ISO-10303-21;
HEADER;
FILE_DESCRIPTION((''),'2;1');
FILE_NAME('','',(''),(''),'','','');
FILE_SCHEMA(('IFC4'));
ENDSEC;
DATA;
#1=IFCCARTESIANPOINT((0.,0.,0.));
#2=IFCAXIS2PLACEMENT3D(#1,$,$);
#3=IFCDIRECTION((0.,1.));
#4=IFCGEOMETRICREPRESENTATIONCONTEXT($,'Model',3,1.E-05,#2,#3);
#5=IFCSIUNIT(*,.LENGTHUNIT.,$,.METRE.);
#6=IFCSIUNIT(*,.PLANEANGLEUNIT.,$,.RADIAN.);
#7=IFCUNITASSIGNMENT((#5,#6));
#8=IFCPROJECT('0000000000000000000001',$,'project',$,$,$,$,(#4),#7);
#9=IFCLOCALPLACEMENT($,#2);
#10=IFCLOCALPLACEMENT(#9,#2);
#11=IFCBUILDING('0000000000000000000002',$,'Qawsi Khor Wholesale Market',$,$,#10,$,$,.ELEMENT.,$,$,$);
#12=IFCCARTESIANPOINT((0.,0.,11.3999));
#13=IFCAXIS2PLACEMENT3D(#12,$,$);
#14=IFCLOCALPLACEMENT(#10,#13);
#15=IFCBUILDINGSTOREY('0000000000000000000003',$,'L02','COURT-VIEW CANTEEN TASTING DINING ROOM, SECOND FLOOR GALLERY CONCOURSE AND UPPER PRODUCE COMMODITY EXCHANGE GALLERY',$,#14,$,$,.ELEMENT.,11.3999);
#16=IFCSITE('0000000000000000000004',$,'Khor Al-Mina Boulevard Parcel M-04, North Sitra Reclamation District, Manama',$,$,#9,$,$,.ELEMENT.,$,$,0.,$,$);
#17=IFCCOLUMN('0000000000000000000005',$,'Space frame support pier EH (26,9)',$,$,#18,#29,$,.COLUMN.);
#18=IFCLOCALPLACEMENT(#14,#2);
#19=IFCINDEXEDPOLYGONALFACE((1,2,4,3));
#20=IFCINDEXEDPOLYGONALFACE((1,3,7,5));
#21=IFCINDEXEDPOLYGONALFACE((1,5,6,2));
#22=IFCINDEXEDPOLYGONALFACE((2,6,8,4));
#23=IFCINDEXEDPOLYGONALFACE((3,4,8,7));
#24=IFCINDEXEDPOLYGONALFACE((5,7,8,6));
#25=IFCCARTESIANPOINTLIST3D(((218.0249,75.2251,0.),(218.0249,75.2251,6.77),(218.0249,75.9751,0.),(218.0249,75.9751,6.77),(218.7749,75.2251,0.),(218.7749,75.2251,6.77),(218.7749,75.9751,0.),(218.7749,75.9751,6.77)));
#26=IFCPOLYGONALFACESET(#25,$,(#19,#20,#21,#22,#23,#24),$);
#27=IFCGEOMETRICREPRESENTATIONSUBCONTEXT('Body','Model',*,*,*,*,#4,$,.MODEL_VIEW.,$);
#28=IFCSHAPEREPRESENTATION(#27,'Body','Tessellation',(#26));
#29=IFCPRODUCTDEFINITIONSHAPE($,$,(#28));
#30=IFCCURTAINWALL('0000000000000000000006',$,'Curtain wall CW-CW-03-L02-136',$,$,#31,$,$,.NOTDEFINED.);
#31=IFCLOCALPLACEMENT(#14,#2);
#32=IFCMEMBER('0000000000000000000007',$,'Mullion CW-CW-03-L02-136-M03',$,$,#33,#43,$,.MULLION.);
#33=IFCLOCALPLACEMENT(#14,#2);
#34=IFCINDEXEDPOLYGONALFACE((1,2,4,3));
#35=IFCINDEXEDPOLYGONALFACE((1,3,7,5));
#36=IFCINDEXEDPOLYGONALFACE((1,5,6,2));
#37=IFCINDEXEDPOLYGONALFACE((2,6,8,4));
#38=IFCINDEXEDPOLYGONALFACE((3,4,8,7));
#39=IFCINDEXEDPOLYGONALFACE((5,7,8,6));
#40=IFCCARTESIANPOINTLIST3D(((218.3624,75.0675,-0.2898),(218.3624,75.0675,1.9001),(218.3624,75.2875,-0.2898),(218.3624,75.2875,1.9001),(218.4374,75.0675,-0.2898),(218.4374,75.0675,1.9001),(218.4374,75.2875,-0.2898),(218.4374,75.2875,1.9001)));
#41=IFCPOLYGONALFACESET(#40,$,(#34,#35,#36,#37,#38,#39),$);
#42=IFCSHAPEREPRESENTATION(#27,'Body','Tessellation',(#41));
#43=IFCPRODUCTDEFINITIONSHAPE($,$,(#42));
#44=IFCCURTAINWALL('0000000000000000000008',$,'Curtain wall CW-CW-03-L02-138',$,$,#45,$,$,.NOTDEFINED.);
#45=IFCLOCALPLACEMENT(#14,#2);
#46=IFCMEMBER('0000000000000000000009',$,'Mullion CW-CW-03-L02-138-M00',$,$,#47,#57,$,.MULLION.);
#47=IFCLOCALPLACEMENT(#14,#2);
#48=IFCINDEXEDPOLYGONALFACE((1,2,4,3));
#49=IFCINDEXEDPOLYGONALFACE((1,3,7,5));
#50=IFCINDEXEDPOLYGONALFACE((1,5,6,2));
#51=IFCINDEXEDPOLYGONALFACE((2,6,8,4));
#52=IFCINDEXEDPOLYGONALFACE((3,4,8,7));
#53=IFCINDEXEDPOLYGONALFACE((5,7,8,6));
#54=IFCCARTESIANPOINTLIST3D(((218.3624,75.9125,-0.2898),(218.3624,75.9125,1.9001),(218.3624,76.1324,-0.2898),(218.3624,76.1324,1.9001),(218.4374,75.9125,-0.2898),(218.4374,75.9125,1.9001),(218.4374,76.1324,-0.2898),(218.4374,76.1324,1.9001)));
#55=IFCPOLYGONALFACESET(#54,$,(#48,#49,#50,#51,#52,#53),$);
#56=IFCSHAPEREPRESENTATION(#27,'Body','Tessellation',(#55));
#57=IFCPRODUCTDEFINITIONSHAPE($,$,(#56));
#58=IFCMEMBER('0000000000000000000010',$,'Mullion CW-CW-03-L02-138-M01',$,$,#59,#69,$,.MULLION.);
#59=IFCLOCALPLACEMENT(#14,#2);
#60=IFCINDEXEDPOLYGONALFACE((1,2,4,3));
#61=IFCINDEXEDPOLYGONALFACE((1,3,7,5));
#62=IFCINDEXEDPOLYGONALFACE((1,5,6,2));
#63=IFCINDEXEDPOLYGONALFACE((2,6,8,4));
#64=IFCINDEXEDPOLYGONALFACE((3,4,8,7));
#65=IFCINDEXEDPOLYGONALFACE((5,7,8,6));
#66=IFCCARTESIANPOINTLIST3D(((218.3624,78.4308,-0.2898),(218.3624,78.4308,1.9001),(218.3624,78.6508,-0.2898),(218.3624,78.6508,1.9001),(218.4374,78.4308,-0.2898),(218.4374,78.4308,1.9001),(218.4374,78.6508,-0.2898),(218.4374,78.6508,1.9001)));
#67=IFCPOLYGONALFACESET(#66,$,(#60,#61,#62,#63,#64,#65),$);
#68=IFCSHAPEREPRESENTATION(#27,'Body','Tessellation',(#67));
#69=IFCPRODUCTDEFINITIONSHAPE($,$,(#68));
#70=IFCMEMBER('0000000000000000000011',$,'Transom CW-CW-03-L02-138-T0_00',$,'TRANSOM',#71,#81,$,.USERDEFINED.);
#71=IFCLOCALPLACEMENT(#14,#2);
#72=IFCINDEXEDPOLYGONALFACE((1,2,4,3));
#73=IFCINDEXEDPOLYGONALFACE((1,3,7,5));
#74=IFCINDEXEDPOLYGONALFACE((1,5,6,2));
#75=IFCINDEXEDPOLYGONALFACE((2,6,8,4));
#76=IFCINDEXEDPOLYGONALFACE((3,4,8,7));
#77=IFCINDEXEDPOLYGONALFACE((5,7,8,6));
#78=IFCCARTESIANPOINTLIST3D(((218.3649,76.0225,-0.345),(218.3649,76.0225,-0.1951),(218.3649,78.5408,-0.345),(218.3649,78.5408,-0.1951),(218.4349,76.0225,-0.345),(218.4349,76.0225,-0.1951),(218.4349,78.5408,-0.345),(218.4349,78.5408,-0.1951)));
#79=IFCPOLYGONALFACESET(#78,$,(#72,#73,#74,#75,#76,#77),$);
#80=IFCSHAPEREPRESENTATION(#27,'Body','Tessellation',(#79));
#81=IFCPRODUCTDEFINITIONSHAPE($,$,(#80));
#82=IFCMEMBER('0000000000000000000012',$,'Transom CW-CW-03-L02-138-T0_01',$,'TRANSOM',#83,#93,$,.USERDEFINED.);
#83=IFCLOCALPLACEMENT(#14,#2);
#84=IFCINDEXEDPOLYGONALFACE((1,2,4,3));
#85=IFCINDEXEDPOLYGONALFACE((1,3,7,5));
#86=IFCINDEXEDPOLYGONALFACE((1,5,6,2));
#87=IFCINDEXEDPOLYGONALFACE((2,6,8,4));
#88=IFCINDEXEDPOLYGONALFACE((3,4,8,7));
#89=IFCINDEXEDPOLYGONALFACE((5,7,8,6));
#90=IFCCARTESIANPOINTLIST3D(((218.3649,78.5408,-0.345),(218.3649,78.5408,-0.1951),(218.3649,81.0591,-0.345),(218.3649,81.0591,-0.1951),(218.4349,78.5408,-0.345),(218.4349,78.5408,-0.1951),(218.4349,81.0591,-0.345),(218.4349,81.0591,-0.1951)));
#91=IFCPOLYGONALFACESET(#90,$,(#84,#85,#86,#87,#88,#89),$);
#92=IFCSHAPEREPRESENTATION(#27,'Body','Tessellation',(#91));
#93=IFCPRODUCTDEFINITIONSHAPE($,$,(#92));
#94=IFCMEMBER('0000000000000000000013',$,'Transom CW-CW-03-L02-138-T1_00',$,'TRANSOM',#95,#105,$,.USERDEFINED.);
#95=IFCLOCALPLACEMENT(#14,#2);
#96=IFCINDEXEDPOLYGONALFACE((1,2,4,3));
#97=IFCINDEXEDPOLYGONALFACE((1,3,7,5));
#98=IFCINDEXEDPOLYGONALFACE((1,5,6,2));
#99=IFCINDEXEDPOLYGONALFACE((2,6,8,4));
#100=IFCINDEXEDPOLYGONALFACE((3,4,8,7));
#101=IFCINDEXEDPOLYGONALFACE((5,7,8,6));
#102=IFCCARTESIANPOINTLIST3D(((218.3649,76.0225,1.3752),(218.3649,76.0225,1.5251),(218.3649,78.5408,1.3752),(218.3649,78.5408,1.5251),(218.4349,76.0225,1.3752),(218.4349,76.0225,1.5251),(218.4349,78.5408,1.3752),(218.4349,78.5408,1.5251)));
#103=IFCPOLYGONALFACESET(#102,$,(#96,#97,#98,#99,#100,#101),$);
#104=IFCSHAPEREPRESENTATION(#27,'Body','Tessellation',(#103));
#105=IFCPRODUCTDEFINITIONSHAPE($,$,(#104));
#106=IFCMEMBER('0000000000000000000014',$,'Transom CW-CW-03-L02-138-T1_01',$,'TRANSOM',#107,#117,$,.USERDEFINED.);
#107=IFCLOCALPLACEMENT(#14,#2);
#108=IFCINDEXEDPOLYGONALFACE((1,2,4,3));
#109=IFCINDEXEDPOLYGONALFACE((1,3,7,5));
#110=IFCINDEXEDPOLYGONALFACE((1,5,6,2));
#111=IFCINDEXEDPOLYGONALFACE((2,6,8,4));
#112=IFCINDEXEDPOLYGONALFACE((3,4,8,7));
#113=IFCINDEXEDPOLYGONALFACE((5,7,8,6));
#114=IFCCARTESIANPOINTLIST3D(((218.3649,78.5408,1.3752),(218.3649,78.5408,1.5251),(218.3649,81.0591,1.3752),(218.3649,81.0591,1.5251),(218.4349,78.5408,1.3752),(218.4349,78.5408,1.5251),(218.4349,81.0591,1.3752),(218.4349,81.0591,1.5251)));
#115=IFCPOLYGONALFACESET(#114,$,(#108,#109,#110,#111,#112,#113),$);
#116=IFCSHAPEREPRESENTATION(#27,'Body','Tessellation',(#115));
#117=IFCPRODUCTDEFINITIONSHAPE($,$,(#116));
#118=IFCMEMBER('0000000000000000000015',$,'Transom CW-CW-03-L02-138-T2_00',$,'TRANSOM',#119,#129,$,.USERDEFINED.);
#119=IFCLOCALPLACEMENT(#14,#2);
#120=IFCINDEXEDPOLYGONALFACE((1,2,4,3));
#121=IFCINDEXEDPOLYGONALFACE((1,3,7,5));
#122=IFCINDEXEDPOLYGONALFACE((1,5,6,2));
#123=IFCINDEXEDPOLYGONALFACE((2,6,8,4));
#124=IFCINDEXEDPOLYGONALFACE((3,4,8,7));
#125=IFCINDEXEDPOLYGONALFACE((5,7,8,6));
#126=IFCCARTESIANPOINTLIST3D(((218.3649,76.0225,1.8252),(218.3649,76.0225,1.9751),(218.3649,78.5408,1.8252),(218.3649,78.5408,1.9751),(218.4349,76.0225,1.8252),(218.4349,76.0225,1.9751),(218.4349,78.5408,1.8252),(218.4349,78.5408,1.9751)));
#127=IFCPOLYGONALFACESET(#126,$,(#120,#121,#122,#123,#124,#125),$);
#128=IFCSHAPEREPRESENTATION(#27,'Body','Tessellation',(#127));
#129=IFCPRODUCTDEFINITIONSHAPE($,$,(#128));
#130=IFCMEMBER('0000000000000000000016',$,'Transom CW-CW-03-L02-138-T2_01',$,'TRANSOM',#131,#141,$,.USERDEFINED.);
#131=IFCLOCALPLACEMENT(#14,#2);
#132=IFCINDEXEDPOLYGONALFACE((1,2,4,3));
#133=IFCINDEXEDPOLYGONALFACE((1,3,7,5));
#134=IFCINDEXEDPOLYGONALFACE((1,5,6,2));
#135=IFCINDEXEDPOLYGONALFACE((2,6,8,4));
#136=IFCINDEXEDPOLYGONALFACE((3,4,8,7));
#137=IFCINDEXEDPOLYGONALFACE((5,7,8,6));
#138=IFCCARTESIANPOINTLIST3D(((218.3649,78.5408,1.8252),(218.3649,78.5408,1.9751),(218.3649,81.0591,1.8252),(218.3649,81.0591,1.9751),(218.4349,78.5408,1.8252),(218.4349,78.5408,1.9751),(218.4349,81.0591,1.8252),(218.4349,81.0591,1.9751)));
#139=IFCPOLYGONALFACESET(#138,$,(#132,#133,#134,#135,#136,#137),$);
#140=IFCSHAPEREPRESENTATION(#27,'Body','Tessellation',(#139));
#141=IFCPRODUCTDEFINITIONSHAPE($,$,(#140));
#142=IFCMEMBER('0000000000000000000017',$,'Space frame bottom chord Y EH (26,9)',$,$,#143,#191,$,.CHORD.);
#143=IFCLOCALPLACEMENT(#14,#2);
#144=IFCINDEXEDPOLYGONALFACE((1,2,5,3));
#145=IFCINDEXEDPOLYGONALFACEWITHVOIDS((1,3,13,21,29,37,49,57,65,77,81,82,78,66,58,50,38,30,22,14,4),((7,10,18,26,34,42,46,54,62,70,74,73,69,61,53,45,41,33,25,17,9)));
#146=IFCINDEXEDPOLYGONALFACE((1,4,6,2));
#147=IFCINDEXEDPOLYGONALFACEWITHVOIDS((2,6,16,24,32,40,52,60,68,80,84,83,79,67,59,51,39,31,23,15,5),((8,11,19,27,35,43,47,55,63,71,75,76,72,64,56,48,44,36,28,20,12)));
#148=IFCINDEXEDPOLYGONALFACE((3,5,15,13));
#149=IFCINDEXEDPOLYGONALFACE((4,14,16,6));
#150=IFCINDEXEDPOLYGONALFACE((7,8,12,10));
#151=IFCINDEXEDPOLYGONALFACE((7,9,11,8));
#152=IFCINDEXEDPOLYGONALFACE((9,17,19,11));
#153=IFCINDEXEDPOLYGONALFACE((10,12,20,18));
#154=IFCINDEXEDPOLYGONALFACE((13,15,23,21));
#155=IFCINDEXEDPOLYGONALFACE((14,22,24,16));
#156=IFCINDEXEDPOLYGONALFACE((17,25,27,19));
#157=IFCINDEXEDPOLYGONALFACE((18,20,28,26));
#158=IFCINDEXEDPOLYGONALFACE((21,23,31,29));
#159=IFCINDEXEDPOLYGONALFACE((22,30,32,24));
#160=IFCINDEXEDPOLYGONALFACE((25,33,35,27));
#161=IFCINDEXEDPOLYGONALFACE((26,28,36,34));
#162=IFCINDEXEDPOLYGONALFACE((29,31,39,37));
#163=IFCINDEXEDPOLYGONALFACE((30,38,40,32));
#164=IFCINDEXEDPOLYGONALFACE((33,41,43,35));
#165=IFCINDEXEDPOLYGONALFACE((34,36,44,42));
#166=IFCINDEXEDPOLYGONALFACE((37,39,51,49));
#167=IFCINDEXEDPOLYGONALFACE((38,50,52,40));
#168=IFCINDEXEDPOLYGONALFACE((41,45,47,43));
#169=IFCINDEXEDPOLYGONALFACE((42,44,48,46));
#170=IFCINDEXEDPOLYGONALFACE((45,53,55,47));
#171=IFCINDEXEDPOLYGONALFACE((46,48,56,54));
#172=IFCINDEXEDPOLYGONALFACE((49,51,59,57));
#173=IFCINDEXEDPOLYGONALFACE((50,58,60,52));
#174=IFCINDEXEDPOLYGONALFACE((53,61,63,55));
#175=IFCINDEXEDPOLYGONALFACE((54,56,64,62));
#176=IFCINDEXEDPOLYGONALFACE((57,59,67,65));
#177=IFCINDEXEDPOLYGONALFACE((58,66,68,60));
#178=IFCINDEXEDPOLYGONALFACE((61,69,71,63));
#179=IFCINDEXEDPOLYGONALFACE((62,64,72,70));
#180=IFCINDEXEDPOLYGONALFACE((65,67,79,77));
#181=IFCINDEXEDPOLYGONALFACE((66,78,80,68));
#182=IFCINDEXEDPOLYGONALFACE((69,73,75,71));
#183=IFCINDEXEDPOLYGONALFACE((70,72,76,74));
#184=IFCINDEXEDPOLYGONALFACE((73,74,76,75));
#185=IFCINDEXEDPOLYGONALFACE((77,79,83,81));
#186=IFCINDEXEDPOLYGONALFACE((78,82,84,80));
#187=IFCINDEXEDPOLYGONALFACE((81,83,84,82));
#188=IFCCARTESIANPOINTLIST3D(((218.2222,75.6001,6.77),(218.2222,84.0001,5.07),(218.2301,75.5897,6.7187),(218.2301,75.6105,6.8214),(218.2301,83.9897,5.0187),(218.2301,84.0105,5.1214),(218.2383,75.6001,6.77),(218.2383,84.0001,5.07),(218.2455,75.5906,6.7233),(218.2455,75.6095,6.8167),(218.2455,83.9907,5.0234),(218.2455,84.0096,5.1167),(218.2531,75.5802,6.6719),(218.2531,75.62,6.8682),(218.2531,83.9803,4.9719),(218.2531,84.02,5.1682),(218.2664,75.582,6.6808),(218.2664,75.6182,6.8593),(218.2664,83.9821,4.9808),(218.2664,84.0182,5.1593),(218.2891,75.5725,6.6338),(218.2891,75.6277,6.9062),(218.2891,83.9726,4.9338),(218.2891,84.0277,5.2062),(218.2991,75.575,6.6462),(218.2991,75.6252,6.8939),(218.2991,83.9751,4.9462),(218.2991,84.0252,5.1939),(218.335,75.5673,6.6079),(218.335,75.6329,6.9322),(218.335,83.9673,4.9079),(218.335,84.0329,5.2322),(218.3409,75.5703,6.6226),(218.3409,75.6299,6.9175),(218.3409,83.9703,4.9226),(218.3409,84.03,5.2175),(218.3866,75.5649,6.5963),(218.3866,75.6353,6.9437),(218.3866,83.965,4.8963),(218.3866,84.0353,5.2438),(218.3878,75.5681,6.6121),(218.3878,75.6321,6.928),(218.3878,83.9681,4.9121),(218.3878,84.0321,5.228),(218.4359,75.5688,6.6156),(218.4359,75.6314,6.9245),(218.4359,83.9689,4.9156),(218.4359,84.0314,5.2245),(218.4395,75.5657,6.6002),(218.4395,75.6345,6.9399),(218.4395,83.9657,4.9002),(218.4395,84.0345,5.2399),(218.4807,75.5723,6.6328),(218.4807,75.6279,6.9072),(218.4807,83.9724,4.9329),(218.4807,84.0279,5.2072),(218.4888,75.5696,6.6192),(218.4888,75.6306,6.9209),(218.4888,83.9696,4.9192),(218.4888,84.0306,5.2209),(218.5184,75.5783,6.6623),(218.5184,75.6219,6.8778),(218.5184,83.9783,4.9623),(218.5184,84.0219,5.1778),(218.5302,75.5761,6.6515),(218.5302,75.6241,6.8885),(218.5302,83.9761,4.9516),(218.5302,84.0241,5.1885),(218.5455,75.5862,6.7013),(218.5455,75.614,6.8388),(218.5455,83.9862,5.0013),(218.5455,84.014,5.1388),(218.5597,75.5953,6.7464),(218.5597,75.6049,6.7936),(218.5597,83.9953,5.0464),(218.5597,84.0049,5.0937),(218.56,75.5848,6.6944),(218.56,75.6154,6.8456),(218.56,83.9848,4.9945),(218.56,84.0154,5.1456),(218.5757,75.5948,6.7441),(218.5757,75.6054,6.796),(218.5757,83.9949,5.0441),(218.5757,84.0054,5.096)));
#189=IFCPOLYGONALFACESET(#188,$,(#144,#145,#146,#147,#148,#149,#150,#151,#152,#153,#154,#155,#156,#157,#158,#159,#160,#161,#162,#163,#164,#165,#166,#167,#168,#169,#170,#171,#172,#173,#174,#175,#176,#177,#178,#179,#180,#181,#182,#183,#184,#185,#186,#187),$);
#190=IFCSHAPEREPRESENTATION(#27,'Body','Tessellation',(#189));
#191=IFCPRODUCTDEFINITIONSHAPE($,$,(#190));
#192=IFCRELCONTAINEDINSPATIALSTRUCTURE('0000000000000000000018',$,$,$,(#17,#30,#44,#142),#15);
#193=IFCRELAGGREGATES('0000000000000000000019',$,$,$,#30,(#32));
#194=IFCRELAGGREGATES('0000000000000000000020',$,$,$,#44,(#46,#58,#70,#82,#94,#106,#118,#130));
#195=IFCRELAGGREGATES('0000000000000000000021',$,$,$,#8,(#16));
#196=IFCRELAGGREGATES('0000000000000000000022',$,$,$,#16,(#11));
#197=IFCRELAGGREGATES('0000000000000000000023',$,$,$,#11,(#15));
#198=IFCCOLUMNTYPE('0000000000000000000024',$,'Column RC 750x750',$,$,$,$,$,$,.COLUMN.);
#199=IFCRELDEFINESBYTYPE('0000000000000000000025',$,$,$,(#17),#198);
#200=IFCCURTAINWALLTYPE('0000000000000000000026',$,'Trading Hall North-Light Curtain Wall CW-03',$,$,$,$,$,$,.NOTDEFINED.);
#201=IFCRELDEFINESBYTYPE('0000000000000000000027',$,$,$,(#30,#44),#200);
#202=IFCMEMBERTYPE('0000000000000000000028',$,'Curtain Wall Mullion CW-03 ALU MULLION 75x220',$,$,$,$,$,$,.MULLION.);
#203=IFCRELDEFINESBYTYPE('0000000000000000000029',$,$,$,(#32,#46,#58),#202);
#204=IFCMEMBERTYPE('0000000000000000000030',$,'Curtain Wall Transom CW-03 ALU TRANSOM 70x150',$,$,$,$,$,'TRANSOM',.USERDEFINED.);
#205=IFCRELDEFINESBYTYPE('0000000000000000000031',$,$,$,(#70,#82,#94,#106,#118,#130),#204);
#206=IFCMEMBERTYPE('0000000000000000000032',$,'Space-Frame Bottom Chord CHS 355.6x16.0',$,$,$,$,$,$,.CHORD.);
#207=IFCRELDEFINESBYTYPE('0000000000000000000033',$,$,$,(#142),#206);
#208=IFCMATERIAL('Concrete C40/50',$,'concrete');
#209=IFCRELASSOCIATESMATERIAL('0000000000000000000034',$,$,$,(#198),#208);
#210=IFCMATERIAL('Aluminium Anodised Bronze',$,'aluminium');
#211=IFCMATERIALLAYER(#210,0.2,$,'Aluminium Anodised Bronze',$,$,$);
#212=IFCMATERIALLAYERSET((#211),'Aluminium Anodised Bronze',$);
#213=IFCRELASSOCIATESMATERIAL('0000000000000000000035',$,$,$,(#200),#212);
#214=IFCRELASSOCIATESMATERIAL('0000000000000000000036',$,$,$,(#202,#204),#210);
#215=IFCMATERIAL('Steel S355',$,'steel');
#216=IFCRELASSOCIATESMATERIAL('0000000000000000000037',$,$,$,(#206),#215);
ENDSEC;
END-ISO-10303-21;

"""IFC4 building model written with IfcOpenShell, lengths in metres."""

from ifc_helpers import new_model, si_unit, direction, frame, origin, origin_2d, place, context, subcontext, project, spatial, rectangle, hollow_circle, extrude, material, layer, layer_set, material_profile, profile_set, type_object, element, aggregate, save


model = new_model("IFC4")

# Units and contexts
model_context = context("Model", 3, precision=1e-05, world=origin(), true_north=direction((0.0, 1.0)))
body_context = subcontext(model_context, "Body", "Model", "MODEL_VIEW")
ifc_project = project(units=[si_unit("LENGTHUNIT", "METRE"), si_unit("PLANEANGLEUNIT", "RADIAN")], contexts=[model_context])

# Site, building, storey
site_placement = place(None, origin())
site = spatial("IfcSite", under=ifc_project, at=site_placement, Name="Khor Al-Mina Boulevard Parcel M-04, North Sitra Reclamation District, Manama", CompositionType="ELEMENT", RefElevation=0.0)
building_placement = place(site_placement, origin())
building = spatial("IfcBuilding", under=site, at=building_placement, Name="Qawsi Khor Wholesale Market", CompositionType="ELEMENT")
storey_placement = place(building_placement, frame((0.0, 0.0, 11.3999)))
storey = spatial("IfcBuildingStorey", under=building, at=storey_placement, Name="L02", Description="COURT-VIEW CANTEEN TASTING DINING ROOM, SECOND FLOOR GALLERY CONCOURSE AND UPPER PRODUCE COMMODITY EXCHANGE GALLERY", CompositionType="ELEMENT", Elevation=11.3999)

# Column
ifc_material_1 = material(Name="Concrete C40/50", Category="concrete")
ifc_material_profile_1 = material_profile(ifc_material_1, rectangle(XDim=0.75, YDim=0.75, at=origin_2d()), Name="RC 750x750")
ifc_profile_set_1 = profile_set([ifc_material_profile_1], Name="Concrete C40/50")
column_type = type_object("IfcColumnType", Name="Column RC 750x750", PredefinedType="COLUMN", material=ifc_profile_set_1)
column_placement = place(storey_placement, frame((218.3999, 75.6001, 0.0), z_axis=(0.0, 0.0, 1.0), x_axis=(1.0, 0.0, 0.0)))
element("IfcColumn", 1, at=column_placement, inside=storey, type_object=column_type, Name="Space frame support pier EH (26,9)", PredefinedType="COLUMN", context=body_context, shape_type="SweptSolid", body=[
    extrude(rectangle(XDim=0.75, YDim=0.75, at=origin_2d()), origin(), (0.0, 0.0, 1.0), 6.77),
])

# Curtain wall, member
ifc_material_2 = material(Name="Aluminium Anodised Bronze", Category="aluminium")
ifc_layer_1 = layer(ifc_material_2, 0.2, Name="Aluminium Anodised Bronze")
ifc_layer_set_1 = layer_set([ifc_layer_1], Name="Aluminium Anodised Bronze")
curtain_wall_type = type_object("IfcCurtainWallType", Name="Trading Hall North-Light Curtain Wall CW-03", PredefinedType="NOTDEFINED", material=ifc_layer_set_1)
curtain_wall_1_placement = place(storey_placement, origin())
curtain_wall_1 = element("IfcCurtainWall", 2, at=curtain_wall_1_placement, inside=storey, type_object=curtain_wall_type, Name="Curtain wall CW-CW-03-L02-136", PredefinedType="NOTDEFINED")
ifc_material_profile_2 = material_profile(ifc_material_2, rectangle(XDim=0.075, YDim=0.22, at=origin_2d()), Name="ALU MULLION 75x220")
ifc_profile_set_2 = profile_set([ifc_material_profile_2], Name="Aluminium Anodised Bronze")
member_type_1 = type_object("IfcMemberType", Name="Curtain Wall Mullion CW-03 ALU MULLION 75x220", PredefinedType="MULLION", material=ifc_profile_set_2)
member_1_placement = place(storey_placement, frame((218.3999, 75.1775, -0.2898), z_axis=(0.0, 0.0, 1.0), x_axis=(1.0, 0.0, 0.0)))
member_1 = element("IfcMember", 3, at=member_1_placement, type_object=member_type_1, Name="Mullion CW-CW-03-L02-136-M03", PredefinedType="MULLION", context=body_context, shape_type="SweptSolid", body=[
    extrude(rectangle(XDim=0.075, YDim=0.22, at=origin_2d()), origin(), (0.0, 0.0, 1.0), 2.1899),
])

# Curtain wall, members
curtain_wall_2_placement = place(storey_placement, origin())
curtain_wall_2 = element("IfcCurtainWall", 4, at=curtain_wall_2_placement, inside=storey, type_object=curtain_wall_type, Name="Curtain wall CW-CW-03-L02-138", PredefinedType="NOTDEFINED")
member_2_placement = place(storey_placement, frame((218.3999, 76.0225, -0.2898), z_axis=(0.0, 0.0, 1.0), x_axis=(1.0, 0.0, 0.0)))
member_2 = element("IfcMember", 5, at=member_2_placement, type_object=member_type_1, Name="Mullion CW-CW-03-L02-138-M00", PredefinedType="MULLION", context=body_context, shape_type="SweptSolid", body=[
    extrude(rectangle(XDim=0.075, YDim=0.22, at=origin_2d()), origin(), (0.0, 0.0, 1.0), 2.1899),
])
member_3_placement = place(storey_placement, frame((218.3999, 78.5408, -0.2898), z_axis=(0.0, 0.0, 1.0), x_axis=(1.0, 0.0, 0.0)))
member_3 = element("IfcMember", 6, at=member_3_placement, type_object=member_type_1, Name="Mullion CW-CW-03-L02-138-M01", PredefinedType="MULLION", context=body_context, shape_type="SweptSolid", body=[
    extrude(rectangle(XDim=0.075, YDim=0.22, at=origin_2d()), origin(), (0.0, 0.0, 1.0), 2.1899),
])
ifc_material_profile_3 = material_profile(ifc_material_2, rectangle(XDim=0.0701, YDim=0.1499, at=origin_2d()), Name="ALU TRANSOM 70x150")
ifc_profile_set_3 = profile_set([ifc_material_profile_3], Name="Aluminium Anodised Bronze")
member_type_2 = type_object("IfcMemberType", Name="Curtain Wall Transom CW-03 ALU TRANSOM 70x150", ElementType="TRANSOM", PredefinedType="USERDEFINED", material=ifc_profile_set_3)
member_4_placement = place(storey_placement, frame((218.3999, 76.0225, -0.27), z_axis=(0.0, 1.0, 0.0), x_axis=(-1.0, 0.0, 0.0)))
member_4 = element("IfcMember", 7, at=member_4_placement, type_object=member_type_2, Name="Transom CW-CW-03-L02-138-T0_00", ObjectType="TRANSOM", PredefinedType="USERDEFINED", context=body_context, shape_type="SweptSolid", body=[
    extrude(rectangle(XDim=0.0701, YDim=0.1499, at=origin_2d()), origin(), (0.0, 0.0, 1.0), 2.5183),
])
member_5_placement = place(storey_placement, frame((218.3999, 78.5408, -0.27), z_axis=(0.0, 1.0, 0.0), x_axis=(-1.0, 0.0, 0.0)))
member_5 = element("IfcMember", 8, at=member_5_placement, type_object=member_type_2, Name="Transom CW-CW-03-L02-138-T0_01", ObjectType="TRANSOM", PredefinedType="USERDEFINED", context=body_context, shape_type="SweptSolid", body=[
    extrude(rectangle(XDim=0.0701, YDim=0.1499, at=origin_2d()), origin(), (0.0, 0.0, 1.0), 2.5183),
])
member_6_placement = place(storey_placement, frame((218.3999, 76.0225, 1.4502), z_axis=(0.0, 1.0, 0.0), x_axis=(-1.0, 0.0, 0.0)))
member_6 = element("IfcMember", 9, at=member_6_placement, type_object=member_type_2, Name="Transom CW-CW-03-L02-138-T1_00", ObjectType="TRANSOM", PredefinedType="USERDEFINED", context=body_context, shape_type="SweptSolid", body=[
    extrude(rectangle(XDim=0.0701, YDim=0.1499, at=origin_2d()), origin(), (0.0, 0.0, 1.0), 2.5183),
])
member_7_placement = place(storey_placement, frame((218.3999, 78.5408, 1.4502), z_axis=(0.0, 1.0, 0.0), x_axis=(-1.0, 0.0, 0.0)))
member_7 = element("IfcMember", 10, at=member_7_placement, type_object=member_type_2, Name="Transom CW-CW-03-L02-138-T1_01", ObjectType="TRANSOM", PredefinedType="USERDEFINED", context=body_context, shape_type="SweptSolid", body=[
    extrude(rectangle(XDim=0.0701, YDim=0.1499, at=origin_2d()), origin(), (0.0, 0.0, 1.0), 2.5183),
])
member_8_placement = place(storey_placement, frame((218.3999, 76.0225, 1.9001), z_axis=(0.0, 1.0, 0.0), x_axis=(-1.0, 0.0, 0.0)))
member_8 = element("IfcMember", 11, at=member_8_placement, type_object=member_type_2, Name="Transom CW-CW-03-L02-138-T2_00", ObjectType="TRANSOM", PredefinedType="USERDEFINED", context=body_context, shape_type="SweptSolid", body=[
    extrude(rectangle(XDim=0.0701, YDim=0.1499, at=origin_2d()), origin(), (0.0, 0.0, 1.0), 2.5183),
])
member_9_placement = place(storey_placement, frame((218.3999, 78.5408, 1.9001), z_axis=(0.0, 1.0, 0.0), x_axis=(-1.0, 0.0, 0.0)))
member_9 = element("IfcMember", 12, at=member_9_placement, type_object=member_type_2, Name="Transom CW-CW-03-L02-138-T2_01", ObjectType="TRANSOM", PredefinedType="USERDEFINED", context=body_context, shape_type="SweptSolid", body=[
    extrude(rectangle(XDim=0.0701, YDim=0.1499, at=origin_2d()), origin(), (0.0, 0.0, 1.0), 2.5183),
])

# Member
ifc_material_3 = material(Name="Steel S355", Category="steel")
ifc_material_profile_4 = material_profile(ifc_material_3, hollow_circle(Radius=0.1777, WallThickness=0.0161, at=origin_2d()), Name="CHS 355.6x16.0")
ifc_profile_set_4 = profile_set([ifc_material_profile_4], Name="Steel S355")
member_type_3 = type_object("IfcMemberType", Name="Space-Frame Bottom Chord CHS 355.6x16.0", PredefinedType="CHORD", material=ifc_profile_set_4)
member_10_placement = place(storey_placement, frame((218.3999, 75.6001, 6.77), z_axis=(0.0, 0.98013, -0.198356), x_axis=(-1.0, 0.0, 0.0)))
element("IfcMember", 13, at=member_10_placement, inside=storey, type_object=member_type_3, Name="Space frame bottom chord Y EH (26,9)", PredefinedType="CHORD", context=body_context, shape_type="SweptSolid", body=[
    extrude(hollow_circle(Radius=0.1777, WallThickness=0.0161, at=origin_2d()), origin(), (0.0, 0.0, 1.0), 8.5703),
])

aggregate(curtain_wall_1, [member_1])
aggregate(curtain_wall_2, [member_2, member_3, member_4, member_5, member_6, member_7, member_8, member_9])

save(model, "model.ifc")
